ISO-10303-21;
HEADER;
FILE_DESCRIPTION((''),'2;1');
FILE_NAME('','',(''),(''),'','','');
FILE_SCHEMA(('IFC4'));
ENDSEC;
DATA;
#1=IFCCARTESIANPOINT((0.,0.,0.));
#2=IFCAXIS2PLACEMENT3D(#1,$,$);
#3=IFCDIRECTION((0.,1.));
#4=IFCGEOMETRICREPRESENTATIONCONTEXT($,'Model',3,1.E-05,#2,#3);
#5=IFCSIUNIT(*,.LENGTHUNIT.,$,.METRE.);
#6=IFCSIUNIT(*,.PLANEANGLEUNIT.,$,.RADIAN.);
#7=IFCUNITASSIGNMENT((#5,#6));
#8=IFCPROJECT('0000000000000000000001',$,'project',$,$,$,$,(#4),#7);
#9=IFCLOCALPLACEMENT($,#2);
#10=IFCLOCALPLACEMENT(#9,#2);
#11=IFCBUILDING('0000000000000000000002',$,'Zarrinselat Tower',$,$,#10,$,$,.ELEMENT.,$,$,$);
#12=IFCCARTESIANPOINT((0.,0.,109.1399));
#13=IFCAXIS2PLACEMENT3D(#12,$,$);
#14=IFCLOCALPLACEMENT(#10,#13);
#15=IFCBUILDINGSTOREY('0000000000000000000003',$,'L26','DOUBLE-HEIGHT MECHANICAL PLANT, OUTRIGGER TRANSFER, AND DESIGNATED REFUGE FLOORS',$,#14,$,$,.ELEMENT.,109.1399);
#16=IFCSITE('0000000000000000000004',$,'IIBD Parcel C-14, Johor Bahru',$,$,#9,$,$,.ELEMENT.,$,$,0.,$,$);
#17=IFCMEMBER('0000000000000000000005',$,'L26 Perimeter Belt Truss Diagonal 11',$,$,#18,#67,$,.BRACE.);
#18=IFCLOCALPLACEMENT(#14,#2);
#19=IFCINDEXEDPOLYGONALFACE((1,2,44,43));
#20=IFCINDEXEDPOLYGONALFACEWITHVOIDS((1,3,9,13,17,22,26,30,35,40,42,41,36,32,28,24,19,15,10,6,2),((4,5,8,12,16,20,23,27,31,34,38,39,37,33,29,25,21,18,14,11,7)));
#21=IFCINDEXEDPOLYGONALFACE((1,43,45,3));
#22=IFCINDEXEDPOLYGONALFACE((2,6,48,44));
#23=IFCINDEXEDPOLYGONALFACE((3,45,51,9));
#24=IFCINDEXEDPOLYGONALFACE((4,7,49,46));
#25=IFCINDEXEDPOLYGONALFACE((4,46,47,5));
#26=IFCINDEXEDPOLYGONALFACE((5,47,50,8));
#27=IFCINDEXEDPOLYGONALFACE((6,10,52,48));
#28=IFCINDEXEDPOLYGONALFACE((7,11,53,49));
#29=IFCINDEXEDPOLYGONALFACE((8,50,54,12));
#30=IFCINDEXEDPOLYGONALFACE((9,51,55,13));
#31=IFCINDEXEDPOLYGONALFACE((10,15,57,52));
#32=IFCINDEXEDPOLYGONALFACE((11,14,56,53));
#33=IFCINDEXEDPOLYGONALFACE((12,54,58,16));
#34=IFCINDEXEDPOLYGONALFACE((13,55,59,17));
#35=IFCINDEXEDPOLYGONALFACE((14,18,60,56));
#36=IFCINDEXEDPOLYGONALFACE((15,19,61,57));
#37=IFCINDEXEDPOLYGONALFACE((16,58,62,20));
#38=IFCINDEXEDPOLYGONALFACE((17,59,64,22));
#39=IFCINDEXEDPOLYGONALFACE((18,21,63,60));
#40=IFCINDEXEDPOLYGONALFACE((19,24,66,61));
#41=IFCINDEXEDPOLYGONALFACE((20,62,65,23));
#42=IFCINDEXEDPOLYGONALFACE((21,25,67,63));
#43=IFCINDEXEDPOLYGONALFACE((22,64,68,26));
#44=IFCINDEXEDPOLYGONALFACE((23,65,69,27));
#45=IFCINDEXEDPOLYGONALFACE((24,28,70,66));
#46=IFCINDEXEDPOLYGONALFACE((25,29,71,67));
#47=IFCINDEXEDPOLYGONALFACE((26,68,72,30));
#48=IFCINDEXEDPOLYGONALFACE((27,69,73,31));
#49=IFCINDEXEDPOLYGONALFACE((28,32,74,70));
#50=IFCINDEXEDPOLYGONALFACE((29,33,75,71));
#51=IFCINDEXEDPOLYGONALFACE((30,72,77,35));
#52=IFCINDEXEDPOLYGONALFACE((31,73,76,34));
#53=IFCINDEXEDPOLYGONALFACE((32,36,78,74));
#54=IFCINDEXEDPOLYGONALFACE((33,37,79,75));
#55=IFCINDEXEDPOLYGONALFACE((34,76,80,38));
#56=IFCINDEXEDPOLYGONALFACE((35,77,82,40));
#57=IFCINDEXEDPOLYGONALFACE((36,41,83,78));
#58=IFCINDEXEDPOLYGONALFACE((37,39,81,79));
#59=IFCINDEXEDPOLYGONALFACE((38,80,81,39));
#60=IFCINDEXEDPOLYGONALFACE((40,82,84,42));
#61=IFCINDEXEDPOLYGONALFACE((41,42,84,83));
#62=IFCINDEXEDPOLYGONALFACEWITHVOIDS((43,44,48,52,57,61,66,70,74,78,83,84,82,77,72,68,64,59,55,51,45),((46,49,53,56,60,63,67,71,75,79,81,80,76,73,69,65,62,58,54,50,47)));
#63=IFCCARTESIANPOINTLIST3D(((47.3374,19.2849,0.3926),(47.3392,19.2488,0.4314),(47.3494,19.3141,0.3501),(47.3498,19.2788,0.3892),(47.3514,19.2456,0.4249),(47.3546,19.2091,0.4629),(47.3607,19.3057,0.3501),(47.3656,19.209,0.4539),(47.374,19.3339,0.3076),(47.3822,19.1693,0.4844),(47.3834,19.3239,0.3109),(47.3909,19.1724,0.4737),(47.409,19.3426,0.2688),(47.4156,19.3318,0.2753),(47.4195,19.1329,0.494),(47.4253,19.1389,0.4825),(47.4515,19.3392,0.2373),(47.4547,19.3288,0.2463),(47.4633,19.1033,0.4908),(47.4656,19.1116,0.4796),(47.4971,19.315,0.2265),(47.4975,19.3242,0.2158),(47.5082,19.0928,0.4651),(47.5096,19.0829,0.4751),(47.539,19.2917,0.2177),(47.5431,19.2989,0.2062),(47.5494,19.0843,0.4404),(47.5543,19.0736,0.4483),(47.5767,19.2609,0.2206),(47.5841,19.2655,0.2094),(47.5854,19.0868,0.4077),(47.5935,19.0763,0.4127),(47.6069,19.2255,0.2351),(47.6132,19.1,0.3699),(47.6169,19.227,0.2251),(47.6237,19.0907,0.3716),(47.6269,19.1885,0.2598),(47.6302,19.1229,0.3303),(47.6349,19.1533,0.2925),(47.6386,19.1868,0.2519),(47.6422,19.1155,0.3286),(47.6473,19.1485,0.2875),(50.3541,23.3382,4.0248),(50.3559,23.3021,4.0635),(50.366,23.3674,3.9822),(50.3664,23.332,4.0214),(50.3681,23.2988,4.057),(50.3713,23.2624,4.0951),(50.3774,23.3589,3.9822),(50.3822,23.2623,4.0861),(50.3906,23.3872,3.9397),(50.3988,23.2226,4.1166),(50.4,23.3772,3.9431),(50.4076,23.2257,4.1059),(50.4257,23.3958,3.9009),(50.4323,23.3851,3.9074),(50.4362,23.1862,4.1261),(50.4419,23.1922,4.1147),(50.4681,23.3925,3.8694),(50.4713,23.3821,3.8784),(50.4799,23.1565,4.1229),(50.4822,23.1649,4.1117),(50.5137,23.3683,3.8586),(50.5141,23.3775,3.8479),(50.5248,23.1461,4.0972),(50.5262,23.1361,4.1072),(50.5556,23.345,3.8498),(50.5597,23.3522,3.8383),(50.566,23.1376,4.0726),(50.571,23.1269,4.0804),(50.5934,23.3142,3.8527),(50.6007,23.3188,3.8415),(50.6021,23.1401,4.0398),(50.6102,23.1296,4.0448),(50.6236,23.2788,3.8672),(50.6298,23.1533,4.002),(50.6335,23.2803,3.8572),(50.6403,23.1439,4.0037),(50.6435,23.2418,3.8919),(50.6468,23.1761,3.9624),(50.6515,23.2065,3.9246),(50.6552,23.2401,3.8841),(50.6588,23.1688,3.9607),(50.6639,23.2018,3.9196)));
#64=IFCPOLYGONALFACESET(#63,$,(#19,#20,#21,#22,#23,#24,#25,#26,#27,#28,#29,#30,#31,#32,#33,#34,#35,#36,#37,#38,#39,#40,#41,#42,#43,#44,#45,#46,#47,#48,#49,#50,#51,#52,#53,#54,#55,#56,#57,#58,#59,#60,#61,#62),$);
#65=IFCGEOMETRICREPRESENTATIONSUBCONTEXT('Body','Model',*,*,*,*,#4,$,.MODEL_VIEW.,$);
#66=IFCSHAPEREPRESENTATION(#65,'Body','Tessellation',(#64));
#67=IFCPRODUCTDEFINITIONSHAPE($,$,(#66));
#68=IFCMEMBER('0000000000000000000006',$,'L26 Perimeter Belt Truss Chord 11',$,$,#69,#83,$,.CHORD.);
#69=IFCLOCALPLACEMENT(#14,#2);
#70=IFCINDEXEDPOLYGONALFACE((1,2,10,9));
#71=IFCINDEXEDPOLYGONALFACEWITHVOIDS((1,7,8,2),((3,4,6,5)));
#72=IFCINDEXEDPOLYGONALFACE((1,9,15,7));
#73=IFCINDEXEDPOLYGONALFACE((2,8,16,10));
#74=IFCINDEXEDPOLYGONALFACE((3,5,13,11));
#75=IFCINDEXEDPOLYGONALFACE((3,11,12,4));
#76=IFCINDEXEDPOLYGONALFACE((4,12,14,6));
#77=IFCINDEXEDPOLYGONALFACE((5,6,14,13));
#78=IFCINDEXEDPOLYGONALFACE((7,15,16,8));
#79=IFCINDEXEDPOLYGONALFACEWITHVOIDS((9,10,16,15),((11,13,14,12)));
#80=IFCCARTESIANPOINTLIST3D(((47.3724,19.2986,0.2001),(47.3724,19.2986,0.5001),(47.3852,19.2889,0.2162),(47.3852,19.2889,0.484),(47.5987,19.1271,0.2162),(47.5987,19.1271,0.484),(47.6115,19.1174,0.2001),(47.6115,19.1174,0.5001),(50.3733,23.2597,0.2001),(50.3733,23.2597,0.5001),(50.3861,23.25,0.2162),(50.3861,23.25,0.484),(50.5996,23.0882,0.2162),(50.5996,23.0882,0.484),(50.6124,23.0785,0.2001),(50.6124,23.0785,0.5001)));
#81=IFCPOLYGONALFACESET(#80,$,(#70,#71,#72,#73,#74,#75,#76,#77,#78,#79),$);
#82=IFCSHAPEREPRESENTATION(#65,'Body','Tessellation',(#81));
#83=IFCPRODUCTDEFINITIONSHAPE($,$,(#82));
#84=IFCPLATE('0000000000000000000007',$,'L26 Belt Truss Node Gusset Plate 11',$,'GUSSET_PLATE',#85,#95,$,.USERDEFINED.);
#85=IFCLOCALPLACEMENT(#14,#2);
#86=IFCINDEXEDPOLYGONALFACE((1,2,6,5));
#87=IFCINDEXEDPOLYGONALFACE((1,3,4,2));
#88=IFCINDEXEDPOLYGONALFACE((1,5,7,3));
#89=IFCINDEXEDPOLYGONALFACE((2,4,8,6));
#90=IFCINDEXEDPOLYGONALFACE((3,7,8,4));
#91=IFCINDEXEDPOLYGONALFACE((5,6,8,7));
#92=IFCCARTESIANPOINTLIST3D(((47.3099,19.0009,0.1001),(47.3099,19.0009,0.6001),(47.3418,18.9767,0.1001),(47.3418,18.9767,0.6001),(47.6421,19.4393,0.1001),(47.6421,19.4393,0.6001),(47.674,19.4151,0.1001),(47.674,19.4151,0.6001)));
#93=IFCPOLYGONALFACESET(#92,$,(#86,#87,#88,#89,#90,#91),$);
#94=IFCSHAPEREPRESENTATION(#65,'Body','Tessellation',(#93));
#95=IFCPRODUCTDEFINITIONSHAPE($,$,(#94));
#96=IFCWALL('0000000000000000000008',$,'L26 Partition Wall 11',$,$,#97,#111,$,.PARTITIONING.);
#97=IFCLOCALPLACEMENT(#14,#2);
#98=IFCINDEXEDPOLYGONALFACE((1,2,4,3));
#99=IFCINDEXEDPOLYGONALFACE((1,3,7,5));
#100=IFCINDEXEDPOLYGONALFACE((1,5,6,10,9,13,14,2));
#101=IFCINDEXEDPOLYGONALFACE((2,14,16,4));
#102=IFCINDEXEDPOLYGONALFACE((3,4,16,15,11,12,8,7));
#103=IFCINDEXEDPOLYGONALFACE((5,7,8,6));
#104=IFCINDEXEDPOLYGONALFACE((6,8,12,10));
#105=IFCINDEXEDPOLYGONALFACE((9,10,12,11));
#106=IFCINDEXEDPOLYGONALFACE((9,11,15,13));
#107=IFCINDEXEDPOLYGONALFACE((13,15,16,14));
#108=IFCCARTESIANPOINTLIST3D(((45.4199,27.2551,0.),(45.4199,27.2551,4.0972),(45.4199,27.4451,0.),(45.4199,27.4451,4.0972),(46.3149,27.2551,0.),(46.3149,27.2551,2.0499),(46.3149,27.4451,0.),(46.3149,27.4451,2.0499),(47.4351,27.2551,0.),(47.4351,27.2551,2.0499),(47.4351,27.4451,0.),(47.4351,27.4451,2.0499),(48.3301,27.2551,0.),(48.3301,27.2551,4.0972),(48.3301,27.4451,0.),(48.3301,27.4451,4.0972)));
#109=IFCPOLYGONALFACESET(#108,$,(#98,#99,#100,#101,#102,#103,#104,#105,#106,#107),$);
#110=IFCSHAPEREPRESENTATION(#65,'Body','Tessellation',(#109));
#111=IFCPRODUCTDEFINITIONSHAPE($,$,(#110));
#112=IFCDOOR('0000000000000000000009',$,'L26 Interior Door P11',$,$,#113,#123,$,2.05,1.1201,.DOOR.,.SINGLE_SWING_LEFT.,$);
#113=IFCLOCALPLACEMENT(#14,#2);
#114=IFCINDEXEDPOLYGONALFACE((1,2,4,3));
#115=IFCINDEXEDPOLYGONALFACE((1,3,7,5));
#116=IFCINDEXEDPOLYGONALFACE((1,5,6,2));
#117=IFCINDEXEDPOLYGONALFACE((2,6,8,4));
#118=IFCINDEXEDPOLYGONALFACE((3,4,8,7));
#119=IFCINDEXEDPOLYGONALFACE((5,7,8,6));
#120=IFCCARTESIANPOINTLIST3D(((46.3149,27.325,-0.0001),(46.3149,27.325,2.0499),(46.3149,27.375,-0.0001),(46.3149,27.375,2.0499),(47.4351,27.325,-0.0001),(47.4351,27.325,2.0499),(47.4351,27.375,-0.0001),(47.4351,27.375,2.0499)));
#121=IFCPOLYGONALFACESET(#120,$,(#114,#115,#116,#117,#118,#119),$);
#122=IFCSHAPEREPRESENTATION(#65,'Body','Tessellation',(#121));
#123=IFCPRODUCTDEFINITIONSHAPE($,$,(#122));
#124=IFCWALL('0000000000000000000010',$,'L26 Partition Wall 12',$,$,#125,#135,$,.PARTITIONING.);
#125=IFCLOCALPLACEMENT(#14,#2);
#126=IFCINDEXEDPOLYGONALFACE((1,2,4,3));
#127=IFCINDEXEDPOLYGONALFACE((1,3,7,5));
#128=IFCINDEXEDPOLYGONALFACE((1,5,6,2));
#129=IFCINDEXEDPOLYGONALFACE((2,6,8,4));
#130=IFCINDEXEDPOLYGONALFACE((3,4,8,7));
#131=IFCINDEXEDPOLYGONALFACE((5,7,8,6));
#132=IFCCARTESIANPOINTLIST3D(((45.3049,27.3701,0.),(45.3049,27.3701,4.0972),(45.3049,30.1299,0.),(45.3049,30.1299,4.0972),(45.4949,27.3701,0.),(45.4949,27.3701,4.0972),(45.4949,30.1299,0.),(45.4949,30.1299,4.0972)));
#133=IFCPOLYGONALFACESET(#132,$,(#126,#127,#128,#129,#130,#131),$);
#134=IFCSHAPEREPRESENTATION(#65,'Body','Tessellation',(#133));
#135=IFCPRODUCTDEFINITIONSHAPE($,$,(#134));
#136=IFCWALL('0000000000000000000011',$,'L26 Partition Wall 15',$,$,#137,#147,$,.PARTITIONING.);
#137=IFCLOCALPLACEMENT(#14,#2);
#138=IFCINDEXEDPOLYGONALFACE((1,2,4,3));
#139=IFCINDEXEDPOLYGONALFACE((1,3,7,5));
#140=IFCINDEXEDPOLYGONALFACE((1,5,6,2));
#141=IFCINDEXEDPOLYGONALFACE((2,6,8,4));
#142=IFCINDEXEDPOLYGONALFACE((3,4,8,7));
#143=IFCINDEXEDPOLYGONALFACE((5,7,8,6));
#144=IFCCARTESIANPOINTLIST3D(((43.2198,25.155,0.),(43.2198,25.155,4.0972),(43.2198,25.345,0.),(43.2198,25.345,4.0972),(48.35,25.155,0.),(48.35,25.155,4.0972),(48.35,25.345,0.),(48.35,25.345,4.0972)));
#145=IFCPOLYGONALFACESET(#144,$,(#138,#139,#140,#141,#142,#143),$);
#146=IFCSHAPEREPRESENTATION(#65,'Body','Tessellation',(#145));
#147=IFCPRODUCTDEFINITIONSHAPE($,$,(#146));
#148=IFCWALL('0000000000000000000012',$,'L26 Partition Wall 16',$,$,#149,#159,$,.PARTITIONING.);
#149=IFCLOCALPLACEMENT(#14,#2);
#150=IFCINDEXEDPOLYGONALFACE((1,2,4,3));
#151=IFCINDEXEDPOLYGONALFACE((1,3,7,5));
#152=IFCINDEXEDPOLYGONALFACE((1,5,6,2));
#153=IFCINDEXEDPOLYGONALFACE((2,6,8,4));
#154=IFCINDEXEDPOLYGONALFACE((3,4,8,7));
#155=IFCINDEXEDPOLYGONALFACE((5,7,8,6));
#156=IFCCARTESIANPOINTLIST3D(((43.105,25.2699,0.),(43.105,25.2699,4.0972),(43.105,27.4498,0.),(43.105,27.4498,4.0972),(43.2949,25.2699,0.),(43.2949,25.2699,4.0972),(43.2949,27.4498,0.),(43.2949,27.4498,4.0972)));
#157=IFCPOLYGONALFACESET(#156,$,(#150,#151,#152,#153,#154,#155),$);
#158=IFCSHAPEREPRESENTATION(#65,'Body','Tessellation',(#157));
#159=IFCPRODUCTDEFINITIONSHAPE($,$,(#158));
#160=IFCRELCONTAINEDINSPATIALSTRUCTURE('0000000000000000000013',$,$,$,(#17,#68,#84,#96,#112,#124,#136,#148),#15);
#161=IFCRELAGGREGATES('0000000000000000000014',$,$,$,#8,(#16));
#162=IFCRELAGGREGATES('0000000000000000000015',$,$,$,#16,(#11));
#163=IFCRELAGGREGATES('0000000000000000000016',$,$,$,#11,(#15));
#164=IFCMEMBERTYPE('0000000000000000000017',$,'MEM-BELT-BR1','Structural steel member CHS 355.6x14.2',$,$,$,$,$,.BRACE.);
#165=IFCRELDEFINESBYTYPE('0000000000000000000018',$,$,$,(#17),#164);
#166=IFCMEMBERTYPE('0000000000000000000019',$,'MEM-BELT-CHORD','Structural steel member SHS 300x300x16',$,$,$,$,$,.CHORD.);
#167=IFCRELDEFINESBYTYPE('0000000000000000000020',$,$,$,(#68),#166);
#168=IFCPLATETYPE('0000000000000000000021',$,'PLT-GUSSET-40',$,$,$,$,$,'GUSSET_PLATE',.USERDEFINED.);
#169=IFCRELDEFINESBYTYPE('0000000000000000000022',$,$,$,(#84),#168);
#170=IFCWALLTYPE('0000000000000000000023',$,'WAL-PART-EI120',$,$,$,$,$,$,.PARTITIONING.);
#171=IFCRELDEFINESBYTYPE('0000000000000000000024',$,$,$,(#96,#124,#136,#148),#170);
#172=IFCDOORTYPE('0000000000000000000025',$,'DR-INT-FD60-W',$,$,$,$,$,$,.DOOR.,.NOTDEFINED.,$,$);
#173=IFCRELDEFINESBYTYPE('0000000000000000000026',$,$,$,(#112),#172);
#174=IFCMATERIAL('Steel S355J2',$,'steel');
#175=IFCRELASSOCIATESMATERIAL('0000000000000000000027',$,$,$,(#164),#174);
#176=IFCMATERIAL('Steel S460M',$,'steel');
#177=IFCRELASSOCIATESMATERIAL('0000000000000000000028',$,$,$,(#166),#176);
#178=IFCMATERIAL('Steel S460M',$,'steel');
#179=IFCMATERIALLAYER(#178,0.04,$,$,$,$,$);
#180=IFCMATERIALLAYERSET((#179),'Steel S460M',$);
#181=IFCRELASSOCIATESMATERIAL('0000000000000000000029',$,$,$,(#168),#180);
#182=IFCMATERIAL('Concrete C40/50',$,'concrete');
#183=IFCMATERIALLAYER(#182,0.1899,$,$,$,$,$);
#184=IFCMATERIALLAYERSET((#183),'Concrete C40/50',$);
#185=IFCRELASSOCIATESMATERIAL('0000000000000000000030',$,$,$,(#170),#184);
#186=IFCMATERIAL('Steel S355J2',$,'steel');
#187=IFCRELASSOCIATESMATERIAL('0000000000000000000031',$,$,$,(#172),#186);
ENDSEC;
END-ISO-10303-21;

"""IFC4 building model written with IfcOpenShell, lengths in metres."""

from ifc_helpers import new_model, si_unit, direction, frame, frame_2d, origin, origin_2d, place, context, subcontext, project, spatial, rectangle, hollow_rectangle, hollow_circle, extrude, material, layer, layer_set, material_profile, profile_set, type_object, element, fill, save


model = new_model("IFC4")

# Units and contexts
model_context = context("Model", 3, precision=1e-05, world=origin(), true_north=direction((0.0, 1.0)))
body_context = subcontext(model_context, "Body", "Model", "MODEL_VIEW")
ifc_project = project(units=[si_unit("LENGTHUNIT", "METRE"), si_unit("PLANEANGLEUNIT", "RADIAN")], contexts=[model_context])

# Site, building, storey
site_placement = place(None, origin())
site = spatial("IfcSite", under=ifc_project, at=site_placement, Name="IIBD Parcel C-14, Johor Bahru", CompositionType="ELEMENT", RefElevation=0.0)
building_placement = place(site_placement, origin())
building = spatial("IfcBuilding", under=site, at=building_placement, Name="Zarrinselat Tower", CompositionType="ELEMENT")
storey_placement = place(building_placement, frame((0.0, 0.0, 109.1399)))
storey = spatial("IfcBuildingStorey", under=building, at=storey_placement, Name="L26", Description="DOUBLE-HEIGHT MECHANICAL PLANT, OUTRIGGER TRANSFER, AND DESIGNATED REFUGE FLOORS", CompositionType="ELEMENT", Elevation=109.1399)

# Members
ifc_material_1 = material(Name="Steel S355J2", Category="steel")
ifc_material_profile_1 = material_profile(ifc_material_1, hollow_circle(Radius=0.1777, WallThickness=0.0142, at=origin_2d()), Name="CHS 355.6x14.2")
ifc_profile_set_1 = profile_set([ifc_material_profile_1], Name="Steel S355J2")
member_type_1 = type_object("IfcMemberType", Name="MEM-BELT-BR1", Description="Structural steel member CHS 355.6x14.2", PredefinedType="BRACE", material=ifc_profile_set_1)
member_1_placement = place(storey_placement, frame((47.4919, 19.208, 0.3501), z_axis=(0.484783, 0.651373, 0.583694), x_axis=(-0.80221, 0.597043, 0.0)))
element("IfcMember", 1, at=member_1_placement, inside=storey, type_object=member_type_1, Name="L26 Perimeter Belt Truss Diagonal 11", PredefinedType="BRACE", context=body_context, shape_type="SweptSolid", body=[
    extrude(hollow_circle(Radius=0.1777, WallThickness=0.0142, at=origin_2d()), origin(), (0.0, 0.0, 1.0), 6.2227),
])
ifc_material_2 = material(Name="Steel S460M", Category="steel")
ifc_material_profile_2 = material_profile(ifc_material_2, hollow_rectangle(XDim=0.3, YDim=0.3, WallThickness=0.0161, at=origin_2d()), Name="SHS 300x300x16")
ifc_profile_set_2 = profile_set([ifc_material_profile_2], Name="Steel S460M")
member_type_2 = type_object("IfcMemberType", Name="MEM-BELT-CHORD", Description="Structural steel member SHS 300x300x16", PredefinedType="CHORD", material=ifc_profile_set_2)
member_2_placement = place(storey_placement, frame((47.4919, 19.208, 0.3501), z_axis=(0.603868, 0.797084, 0.0), x_axis=(-0.797084, 0.603868, 0.0)))
element("IfcMember", 2, at=member_2_placement, inside=storey, type_object=member_type_2, Name="L26 Perimeter Belt Truss Chord 11", PredefinedType="CHORD", context=body_context, shape_type="SweptSolid", body=[
    extrude(hollow_rectangle(XDim=0.3, YDim=0.3, WallThickness=0.0161, at=origin_2d()), origin(), (0.0, 0.0, 1.0), 4.9695),
])

# Plate
ifc_material_3 = material(Name="Steel S460M", Category="steel")
ifc_layer_1 = layer(ifc_material_3, 0.04)
ifc_layer_set_1 = layer_set([ifc_layer_1], Name="Steel S460M")
plate_type = type_object("IfcPlateType", Name="PLT-GUSSET-40", ElementType="GUSSET_PLATE", PredefinedType="USERDEFINED", material=ifc_layer_set_1)
plate_placement = place(storey_placement, frame((47.4919, 19.208, 0.1001), z_axis=(0.0, 0.0, 1.0), x_axis=(0.603862, 0.797089, 0.0)))
element("IfcPlate", 3, at=plate_placement, inside=storey, type_object=plate_type, Name="L26 Belt Truss Node Gusset Plate 11", ObjectType="GUSSET_PLATE", PredefinedType="USERDEFINED", context=body_context, shape_type="SweptSolid", body=[
    extrude(rectangle(XDim=0.55, YDim=0.04, at=origin_2d()), origin(), (0.0, 0.0, 1.0), 0.5),
])

# Wall, opening, door
ifc_material_4 = material(Name="Concrete C40/50", Category="concrete")
ifc_layer_2 = layer(ifc_material_4, 0.1899)
ifc_layer_set_2 = layer_set([ifc_layer_2], Name="Concrete C40/50")
wall_type = type_object("IfcWallType", Name="WAL-PART-EI120", PredefinedType="PARTITIONING", material=ifc_layer_set_2)
wall_1_placement = place(storey_placement, frame((45.4199, 27.3501, 0.0), z_axis=(0.0, 0.0, 1.0), x_axis=(1.0, 0.0, 0.0)))
wall_1 = element("IfcWall", 4, at=wall_1_placement, inside=storey, type_object=wall_type, Name="L26 Partition Wall 11", PredefinedType="PARTITIONING", context=body_context, shape_type="SweptSolid", body=[
    extrude(rectangle(XDim=2.9102, YDim=0.1899, at=frame_2d((1.4551, 0.0))), origin(), (0.0, 0.0, 1.0), 4.0972),
])
opening_placement = place(wall_1_placement, frame((0.895, 0.0, 0.0)))
opening = element("IfcOpeningElement", 5, at=opening_placement, cuts=wall_1, PredefinedType="OPENING", context=body_context, shape_type="SweptSolid", body=[
    extrude(rectangle(XDim=1.1201, YDim=2.05, at=frame_2d((0.5601, 1.0249))), frame((0.0, 0.105, 0.0), z_axis=(0.0, -1.0, 0.0), x_axis=(1.0, 0.0, 0.0)), (0.0, 0.0, 1.0), 0.21),
])
ifc_material_5 = material(Name="Steel S355J2", Category="steel")
door_type = type_object("IfcDoorType", Name="DR-INT-FD60-W", OperationType="NOTDEFINED", PredefinedType="DOOR", material=ifc_material_5)
door_placement = place(opening_placement, origin())
door = element("IfcDoor", 6, at=door_placement, inside=storey, type_object=door_type, Name="L26 Interior Door P11", OperationType="SINGLE_SWING_LEFT", OverallHeight=2.05, OverallWidth=1.1201, PredefinedType="DOOR", context=body_context, shape_type="SweptSolid", body=[
    extrude(rectangle(XDim=1.1201, YDim=2.05, at=frame_2d((0.5601, 1.0249))), frame((0.0, 0.0249, 0.0), z_axis=(0.0, -1.0, 0.0), x_axis=(1.0, 0.0, 0.0)), (0.0, 0.0, 1.0), 0.05),
])
fill(opening, door)

# Walls
wall_2_placement = place(storey_placement, frame((45.3999, 27.3701, 0.0), z_axis=(0.0, 0.0, 1.0), x_axis=(0.0, 1.0, 0.0)))
element("IfcWall", 7, at=wall_2_placement, inside=storey, type_object=wall_type, Name="L26 Partition Wall 12", PredefinedType="PARTITIONING", context=body_context, shape_type="SweptSolid", body=[
    extrude(rectangle(XDim=2.7598, YDim=0.1899, at=frame_2d((1.3799, 0.0))), origin(), (0.0, 0.0, 1.0), 4.0972),
])
wall_3_placement = place(storey_placement, frame((43.22, 25.25, 0.0), z_axis=(0.0, 0.0, 1.0), x_axis=(1.0, 0.0, 0.0)))
element("IfcWall", 8, at=wall_3_placement, inside=storey, type_object=wall_type, Name="L26 Partition Wall 15", PredefinedType="PARTITIONING", context=body_context, shape_type="SweptSolid", body=[
    extrude(rectangle(XDim=5.1301, YDim=0.1899, at=frame_2d((2.5649, 0.0))), origin(), (0.0, 0.0, 1.0), 4.0972),
])
wall_4_placement = place(storey_placement, frame((43.2, 25.27, 0.0), z_axis=(0.0, 0.0, 1.0), x_axis=(0.0, 1.0, 0.0)))
element("IfcWall", 9, at=wall_4_placement, inside=storey, type_object=wall_type, Name="L26 Partition Wall 16", PredefinedType="PARTITIONING", context=body_context, shape_type="SweptSolid", body=[
    extrude(rectangle(XDim=2.1799, YDim=0.1899, at=frame_2d((1.0898, 0.0))), origin(), (0.0, 0.0, 1.0), 4.0972),
])

save(model, "model.ifc")
